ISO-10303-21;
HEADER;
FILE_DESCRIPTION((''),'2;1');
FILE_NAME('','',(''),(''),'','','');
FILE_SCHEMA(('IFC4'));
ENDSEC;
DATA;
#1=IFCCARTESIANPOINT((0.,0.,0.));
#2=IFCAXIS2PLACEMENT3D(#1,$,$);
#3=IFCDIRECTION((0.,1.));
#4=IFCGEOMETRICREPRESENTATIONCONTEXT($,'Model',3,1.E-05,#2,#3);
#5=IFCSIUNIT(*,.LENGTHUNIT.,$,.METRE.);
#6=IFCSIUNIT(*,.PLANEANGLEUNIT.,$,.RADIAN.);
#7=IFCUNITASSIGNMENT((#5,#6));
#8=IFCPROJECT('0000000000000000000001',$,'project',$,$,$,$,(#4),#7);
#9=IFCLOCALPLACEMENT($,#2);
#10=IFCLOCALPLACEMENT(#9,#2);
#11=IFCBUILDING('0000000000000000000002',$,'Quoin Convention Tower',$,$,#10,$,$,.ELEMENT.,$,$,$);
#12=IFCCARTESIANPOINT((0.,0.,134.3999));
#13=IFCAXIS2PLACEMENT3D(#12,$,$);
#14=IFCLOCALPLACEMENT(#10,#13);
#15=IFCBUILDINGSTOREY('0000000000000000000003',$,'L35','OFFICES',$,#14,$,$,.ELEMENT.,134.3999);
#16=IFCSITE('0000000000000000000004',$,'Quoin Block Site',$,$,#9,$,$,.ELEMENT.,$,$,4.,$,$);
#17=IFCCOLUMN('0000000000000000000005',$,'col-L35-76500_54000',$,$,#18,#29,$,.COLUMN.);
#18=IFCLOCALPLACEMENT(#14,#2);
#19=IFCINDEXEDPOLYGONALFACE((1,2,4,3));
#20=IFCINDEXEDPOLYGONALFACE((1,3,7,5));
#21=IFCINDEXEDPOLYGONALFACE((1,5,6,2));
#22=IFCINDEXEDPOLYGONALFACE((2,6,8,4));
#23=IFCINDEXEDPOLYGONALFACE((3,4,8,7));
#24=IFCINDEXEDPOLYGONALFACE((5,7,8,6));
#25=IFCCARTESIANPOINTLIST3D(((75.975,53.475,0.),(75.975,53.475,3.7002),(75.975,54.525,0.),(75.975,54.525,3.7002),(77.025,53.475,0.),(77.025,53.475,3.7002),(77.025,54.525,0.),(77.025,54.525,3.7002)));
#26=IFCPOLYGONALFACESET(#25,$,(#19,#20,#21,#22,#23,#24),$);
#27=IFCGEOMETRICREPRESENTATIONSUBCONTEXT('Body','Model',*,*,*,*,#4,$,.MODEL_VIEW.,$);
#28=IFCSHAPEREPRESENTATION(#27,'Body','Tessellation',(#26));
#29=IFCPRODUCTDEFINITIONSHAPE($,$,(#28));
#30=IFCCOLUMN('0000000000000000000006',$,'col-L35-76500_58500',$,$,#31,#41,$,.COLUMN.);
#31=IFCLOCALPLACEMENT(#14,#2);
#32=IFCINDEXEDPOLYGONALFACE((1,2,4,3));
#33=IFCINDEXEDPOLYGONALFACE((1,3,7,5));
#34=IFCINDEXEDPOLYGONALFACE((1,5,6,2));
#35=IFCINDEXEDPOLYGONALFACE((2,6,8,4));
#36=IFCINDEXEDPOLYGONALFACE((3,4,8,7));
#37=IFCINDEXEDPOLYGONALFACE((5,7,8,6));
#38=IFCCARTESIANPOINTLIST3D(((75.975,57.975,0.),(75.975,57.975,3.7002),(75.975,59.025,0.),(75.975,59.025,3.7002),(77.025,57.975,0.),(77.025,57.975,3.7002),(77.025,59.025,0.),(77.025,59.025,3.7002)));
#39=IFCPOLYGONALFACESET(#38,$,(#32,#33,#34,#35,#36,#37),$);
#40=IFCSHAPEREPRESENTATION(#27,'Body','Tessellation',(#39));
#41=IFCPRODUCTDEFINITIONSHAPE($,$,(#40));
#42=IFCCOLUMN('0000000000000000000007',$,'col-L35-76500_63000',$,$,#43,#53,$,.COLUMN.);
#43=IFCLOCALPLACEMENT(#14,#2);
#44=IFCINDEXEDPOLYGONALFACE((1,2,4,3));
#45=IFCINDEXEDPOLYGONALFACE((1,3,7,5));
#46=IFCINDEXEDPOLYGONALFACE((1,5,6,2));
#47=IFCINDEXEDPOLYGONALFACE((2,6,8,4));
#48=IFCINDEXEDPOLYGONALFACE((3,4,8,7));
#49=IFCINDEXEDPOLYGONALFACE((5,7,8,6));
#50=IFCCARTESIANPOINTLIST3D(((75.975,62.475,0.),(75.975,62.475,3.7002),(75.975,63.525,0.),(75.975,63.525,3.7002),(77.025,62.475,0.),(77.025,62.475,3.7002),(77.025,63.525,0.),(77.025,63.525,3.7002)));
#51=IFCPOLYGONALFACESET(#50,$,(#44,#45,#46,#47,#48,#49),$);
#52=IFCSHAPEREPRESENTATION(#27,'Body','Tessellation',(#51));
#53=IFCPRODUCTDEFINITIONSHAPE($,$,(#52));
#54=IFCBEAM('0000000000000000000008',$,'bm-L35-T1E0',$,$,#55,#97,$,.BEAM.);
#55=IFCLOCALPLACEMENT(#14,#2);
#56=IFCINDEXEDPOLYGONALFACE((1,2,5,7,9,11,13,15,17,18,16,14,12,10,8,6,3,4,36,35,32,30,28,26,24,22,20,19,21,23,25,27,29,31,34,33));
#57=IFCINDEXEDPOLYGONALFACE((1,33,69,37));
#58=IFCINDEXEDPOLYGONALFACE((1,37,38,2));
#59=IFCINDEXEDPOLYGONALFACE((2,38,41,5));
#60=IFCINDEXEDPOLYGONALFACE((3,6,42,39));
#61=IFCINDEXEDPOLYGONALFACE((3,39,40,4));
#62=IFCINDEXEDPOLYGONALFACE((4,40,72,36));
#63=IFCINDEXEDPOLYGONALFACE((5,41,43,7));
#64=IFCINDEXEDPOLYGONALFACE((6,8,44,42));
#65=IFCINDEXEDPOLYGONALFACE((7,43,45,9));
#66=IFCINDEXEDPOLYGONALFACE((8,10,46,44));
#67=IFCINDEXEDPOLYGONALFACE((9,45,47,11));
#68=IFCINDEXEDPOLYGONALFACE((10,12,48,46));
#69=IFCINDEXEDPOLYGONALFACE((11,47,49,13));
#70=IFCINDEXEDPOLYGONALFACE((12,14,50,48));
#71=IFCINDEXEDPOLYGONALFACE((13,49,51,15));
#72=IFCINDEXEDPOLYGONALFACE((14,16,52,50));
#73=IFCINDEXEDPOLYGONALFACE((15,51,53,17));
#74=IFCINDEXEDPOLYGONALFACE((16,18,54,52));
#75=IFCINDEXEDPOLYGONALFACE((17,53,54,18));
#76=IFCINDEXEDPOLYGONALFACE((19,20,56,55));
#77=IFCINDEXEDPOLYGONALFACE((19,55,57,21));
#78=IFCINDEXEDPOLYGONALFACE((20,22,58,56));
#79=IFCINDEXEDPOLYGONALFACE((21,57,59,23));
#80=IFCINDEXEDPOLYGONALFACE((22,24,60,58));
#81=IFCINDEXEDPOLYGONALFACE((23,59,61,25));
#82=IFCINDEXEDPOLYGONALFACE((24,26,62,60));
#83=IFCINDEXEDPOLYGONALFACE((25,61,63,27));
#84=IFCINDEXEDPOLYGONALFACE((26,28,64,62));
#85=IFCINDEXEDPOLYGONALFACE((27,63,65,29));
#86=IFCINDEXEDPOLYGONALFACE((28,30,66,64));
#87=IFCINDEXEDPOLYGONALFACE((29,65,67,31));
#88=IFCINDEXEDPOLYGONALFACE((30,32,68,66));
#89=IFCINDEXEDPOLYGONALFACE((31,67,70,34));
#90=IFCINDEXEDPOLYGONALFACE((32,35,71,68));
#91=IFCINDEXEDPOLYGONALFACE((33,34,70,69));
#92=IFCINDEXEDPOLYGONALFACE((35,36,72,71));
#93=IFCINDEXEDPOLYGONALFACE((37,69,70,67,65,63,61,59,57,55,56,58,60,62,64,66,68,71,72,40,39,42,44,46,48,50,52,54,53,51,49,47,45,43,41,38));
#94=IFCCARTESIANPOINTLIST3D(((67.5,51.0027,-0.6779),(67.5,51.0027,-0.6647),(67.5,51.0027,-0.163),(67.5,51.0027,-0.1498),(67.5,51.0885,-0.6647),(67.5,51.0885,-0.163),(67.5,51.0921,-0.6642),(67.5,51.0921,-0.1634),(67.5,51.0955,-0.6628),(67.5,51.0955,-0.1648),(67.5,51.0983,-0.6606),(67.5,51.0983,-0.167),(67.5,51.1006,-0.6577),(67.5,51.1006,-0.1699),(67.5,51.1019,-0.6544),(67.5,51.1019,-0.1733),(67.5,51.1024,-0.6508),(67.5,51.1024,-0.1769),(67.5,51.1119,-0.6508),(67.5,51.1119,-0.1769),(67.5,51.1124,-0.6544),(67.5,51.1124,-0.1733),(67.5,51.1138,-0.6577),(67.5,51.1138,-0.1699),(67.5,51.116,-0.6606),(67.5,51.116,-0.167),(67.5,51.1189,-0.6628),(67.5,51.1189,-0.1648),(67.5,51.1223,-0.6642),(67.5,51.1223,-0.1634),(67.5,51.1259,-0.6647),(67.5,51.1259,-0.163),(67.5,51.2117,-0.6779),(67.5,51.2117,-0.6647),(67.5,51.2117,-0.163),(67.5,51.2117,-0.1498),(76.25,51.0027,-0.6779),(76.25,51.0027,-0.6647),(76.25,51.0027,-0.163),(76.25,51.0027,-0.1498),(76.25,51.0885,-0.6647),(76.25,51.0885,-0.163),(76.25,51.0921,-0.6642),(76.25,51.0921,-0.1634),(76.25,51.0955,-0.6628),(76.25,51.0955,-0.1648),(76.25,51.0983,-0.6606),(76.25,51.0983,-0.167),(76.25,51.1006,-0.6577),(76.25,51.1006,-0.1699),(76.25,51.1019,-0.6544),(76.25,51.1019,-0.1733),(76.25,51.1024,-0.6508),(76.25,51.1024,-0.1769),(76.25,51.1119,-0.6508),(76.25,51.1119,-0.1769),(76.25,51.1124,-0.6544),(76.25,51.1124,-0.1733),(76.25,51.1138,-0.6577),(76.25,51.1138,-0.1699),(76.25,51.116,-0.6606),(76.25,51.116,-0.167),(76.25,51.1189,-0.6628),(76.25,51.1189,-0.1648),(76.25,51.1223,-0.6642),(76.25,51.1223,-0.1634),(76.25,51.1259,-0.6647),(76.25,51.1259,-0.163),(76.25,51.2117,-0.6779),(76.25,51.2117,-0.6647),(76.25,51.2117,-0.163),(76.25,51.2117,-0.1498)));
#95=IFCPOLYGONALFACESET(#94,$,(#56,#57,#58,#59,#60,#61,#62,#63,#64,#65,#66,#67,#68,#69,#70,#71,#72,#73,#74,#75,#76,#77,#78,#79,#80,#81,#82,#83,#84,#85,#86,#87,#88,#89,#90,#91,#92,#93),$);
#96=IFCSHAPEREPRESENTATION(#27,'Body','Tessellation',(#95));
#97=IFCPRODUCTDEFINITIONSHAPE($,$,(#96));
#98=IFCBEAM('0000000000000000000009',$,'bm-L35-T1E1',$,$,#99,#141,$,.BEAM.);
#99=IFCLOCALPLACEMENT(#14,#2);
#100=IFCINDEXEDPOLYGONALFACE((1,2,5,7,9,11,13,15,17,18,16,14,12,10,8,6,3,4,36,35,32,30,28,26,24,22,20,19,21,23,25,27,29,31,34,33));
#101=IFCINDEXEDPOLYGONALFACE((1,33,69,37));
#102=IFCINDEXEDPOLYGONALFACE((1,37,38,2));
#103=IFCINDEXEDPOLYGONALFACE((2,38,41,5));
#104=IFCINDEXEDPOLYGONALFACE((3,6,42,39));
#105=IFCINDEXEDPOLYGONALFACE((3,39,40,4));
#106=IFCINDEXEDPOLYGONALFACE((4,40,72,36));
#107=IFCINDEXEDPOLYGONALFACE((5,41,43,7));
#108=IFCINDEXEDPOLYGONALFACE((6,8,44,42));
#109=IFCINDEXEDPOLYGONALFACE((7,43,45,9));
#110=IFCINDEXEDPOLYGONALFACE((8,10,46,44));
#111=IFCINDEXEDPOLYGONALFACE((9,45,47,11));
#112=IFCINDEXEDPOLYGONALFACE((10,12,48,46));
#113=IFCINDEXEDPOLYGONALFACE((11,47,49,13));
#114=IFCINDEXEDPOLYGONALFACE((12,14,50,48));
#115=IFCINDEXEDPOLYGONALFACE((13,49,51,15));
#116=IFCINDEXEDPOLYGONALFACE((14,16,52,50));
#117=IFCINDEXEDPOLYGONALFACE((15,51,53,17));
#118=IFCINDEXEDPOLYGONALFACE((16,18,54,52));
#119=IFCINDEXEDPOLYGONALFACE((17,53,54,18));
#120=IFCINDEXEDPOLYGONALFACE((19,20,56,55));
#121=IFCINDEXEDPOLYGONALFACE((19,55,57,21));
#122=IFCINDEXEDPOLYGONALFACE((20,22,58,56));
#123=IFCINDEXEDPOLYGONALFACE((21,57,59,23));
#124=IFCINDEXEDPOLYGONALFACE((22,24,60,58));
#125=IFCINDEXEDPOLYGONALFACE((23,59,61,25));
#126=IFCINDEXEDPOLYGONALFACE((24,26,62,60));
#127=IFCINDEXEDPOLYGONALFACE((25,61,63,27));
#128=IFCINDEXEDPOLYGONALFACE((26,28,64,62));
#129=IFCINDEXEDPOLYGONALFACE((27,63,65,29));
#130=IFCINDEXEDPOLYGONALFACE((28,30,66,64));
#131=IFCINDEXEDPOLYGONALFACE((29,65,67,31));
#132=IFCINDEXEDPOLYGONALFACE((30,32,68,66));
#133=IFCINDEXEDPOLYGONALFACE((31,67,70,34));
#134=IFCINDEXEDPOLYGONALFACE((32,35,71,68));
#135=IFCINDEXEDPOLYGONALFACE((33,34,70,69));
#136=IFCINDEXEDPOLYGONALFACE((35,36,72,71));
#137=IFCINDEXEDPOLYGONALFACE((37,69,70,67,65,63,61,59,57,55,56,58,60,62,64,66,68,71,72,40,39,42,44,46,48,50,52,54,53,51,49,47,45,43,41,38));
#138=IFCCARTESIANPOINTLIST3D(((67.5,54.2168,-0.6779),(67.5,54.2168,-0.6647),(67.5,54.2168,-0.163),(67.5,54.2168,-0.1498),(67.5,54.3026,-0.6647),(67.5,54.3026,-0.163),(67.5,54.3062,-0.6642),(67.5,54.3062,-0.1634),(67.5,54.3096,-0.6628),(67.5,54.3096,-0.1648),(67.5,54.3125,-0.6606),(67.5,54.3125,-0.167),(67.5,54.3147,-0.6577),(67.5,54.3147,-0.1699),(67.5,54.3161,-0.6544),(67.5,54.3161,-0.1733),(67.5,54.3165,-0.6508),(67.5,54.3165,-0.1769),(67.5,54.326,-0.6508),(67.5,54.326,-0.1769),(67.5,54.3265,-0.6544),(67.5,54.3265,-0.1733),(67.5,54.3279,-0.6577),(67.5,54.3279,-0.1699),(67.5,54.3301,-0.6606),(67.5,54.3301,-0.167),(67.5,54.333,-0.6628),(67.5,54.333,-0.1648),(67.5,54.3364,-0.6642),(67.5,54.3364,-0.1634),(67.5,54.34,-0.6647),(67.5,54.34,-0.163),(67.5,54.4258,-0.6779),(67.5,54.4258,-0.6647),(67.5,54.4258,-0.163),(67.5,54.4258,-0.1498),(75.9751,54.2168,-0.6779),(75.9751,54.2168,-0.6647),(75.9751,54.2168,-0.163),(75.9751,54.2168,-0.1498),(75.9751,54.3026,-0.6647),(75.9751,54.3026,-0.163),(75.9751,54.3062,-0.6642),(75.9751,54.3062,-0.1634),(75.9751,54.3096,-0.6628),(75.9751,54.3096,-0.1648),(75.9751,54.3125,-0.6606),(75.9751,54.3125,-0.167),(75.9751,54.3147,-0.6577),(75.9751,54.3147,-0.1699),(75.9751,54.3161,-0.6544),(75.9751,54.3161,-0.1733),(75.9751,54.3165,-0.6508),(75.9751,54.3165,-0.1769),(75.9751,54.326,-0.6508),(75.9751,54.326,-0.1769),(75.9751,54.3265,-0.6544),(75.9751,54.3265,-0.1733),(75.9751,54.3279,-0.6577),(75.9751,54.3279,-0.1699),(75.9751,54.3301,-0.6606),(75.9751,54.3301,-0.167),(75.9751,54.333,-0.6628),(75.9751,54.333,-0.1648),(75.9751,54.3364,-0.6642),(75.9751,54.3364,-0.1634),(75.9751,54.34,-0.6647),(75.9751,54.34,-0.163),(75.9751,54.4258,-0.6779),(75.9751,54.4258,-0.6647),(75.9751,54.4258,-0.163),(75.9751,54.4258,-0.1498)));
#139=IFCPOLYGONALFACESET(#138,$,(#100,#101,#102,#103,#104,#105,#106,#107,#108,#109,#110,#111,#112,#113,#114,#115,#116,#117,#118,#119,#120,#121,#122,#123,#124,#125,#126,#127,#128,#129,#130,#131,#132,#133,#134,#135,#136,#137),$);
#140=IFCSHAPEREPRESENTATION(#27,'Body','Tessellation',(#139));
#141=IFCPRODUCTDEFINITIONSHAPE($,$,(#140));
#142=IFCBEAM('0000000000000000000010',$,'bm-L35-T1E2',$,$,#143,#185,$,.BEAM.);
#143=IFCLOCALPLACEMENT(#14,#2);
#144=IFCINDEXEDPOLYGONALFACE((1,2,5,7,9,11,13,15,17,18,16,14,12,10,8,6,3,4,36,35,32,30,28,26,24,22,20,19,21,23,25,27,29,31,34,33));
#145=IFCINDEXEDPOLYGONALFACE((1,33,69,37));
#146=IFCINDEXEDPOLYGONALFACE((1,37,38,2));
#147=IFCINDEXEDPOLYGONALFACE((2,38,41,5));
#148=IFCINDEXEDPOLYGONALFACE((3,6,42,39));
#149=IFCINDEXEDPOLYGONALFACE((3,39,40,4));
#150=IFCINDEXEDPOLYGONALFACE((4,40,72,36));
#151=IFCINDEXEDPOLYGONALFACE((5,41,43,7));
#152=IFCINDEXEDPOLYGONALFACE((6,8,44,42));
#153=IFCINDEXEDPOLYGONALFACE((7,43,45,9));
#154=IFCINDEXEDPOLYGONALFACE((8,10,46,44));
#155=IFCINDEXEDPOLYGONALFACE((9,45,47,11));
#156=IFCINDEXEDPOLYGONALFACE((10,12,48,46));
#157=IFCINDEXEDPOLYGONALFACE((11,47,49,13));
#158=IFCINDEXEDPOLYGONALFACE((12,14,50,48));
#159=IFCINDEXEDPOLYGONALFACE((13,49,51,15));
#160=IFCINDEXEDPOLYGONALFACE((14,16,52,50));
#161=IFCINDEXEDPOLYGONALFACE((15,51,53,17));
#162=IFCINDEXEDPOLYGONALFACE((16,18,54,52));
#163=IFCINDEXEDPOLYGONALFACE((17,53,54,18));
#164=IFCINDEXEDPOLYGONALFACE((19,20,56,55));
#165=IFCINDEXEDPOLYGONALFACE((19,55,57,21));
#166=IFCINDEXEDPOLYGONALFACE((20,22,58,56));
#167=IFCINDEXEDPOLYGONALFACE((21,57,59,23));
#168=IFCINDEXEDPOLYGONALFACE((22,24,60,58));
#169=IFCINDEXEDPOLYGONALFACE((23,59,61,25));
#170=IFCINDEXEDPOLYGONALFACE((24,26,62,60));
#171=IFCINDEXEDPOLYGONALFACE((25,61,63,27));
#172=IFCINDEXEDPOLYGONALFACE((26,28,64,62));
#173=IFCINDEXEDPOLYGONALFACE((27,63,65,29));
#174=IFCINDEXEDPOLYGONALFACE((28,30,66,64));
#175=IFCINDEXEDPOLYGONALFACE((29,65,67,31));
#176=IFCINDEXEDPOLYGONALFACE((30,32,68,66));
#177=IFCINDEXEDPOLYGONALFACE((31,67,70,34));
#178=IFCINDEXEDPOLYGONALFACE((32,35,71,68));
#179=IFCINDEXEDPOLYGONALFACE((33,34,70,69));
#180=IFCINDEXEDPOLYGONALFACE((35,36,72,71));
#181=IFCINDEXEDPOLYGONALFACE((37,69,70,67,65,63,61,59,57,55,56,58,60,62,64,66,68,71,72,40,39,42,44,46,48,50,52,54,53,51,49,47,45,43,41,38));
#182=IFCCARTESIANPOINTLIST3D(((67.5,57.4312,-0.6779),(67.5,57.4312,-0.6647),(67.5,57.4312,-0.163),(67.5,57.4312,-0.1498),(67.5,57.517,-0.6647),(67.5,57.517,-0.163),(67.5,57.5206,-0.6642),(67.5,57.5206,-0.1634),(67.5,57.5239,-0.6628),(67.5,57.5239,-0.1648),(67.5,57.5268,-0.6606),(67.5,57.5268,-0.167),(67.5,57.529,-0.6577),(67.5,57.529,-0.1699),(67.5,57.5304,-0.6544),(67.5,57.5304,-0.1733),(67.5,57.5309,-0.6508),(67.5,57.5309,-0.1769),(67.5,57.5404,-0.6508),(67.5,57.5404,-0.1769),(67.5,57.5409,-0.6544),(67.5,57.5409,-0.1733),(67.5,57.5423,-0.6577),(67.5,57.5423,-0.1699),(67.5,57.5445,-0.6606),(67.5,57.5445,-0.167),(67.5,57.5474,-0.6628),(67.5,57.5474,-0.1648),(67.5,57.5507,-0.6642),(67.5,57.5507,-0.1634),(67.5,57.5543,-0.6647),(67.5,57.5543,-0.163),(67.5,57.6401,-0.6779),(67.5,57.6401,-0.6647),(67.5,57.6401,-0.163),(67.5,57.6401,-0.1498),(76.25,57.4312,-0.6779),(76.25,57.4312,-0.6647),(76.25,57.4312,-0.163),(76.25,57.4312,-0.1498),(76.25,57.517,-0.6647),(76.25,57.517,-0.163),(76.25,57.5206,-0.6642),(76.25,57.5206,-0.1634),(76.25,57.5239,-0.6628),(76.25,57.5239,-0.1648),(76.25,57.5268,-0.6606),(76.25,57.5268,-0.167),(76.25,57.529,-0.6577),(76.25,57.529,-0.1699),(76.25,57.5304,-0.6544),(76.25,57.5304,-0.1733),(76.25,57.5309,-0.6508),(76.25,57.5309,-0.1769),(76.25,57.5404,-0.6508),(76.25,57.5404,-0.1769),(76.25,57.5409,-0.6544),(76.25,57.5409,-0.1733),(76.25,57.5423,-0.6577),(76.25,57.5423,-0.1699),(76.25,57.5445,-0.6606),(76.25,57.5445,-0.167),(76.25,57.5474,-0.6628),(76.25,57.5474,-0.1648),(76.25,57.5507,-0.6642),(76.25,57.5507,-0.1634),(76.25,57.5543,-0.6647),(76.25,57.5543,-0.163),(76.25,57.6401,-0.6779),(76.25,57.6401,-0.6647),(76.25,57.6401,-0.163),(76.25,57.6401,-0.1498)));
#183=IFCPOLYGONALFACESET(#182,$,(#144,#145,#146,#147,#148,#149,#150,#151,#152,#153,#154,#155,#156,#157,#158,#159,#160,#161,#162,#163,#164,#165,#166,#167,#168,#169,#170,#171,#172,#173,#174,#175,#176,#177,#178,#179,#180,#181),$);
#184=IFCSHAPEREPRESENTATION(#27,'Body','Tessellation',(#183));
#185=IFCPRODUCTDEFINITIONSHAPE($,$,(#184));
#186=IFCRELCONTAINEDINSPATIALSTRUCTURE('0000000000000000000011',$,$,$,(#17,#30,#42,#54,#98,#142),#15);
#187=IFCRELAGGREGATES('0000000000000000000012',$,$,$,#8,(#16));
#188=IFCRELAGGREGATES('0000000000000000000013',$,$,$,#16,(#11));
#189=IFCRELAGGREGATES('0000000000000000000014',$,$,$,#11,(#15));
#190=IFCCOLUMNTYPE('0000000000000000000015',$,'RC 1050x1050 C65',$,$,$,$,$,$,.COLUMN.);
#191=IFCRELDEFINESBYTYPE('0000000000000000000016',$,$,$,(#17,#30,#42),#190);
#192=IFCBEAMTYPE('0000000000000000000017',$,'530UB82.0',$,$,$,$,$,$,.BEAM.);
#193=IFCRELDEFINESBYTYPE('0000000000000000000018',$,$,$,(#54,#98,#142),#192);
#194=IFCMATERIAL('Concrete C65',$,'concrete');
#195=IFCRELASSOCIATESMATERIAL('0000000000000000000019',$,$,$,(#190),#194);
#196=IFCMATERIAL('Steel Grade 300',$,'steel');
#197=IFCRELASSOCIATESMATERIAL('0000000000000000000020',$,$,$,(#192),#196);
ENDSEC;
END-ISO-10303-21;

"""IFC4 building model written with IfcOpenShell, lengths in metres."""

from ifc_helpers import new_model, si_unit, direction, frame, origin, origin_2d, place, context, subcontext, project, spatial, rectangle, i_section, extrude, material, material_profile, profile_set, type_object, element, save


model = new_model("IFC4")

# Units and contexts
model_context = context("Model", 3, precision=1e-05, world=origin(), true_north=direction((0.0, 1.0)))
body_context = subcontext(model_context, "Body", "Model", "MODEL_VIEW")
ifc_project = project(units=[si_unit("LENGTHUNIT", "METRE"), si_unit("PLANEANGLEUNIT", "RADIAN")], contexts=[model_context])

# Site, building, storey
site_placement = place(None, origin())
site = spatial("IfcSite", under=ifc_project, at=site_placement, Name="Quoin Block Site", CompositionType="ELEMENT", RefElevation=4.0)
building_placement = place(site_placement, origin())
building = spatial("IfcBuilding", under=site, at=building_placement, Name="Quoin Convention Tower", CompositionType="ELEMENT")
storey_placement = place(building_placement, frame((0.0, 0.0, 134.3999)))
storey = spatial("IfcBuildingStorey", under=building, at=storey_placement, Name="L35", Description="OFFICES", CompositionType="ELEMENT", Elevation=134.3999)

# Columns
ifc_material_1 = material(Name="Concrete C65", Category="concrete")
ifc_material_profile_1 = material_profile(ifc_material_1, rectangle(XDim=1.05, YDim=1.05, at=origin_2d()), Name="RC 1050x1050")
ifc_profile_set_1 = profile_set([ifc_material_profile_1], Name="Concrete C65")
column_type = type_object("IfcColumnType", Name="RC 1050x1050 C65", PredefinedType="COLUMN", material=ifc_profile_set_1)
for number, where, z_axis, x_axis, name in (
    (1, (76.5, 54.0, 0.0), (0.0, 0.0, 1.0), (1.0, 0.0, 0.0), "col-L35-76500_54000"),
    (2, (76.5, 58.5, 0.0), (0.0, 0.0, 1.0), (1.0, 0.0, 0.0), "col-L35-76500_58500"),
    (3, (76.5, 63.0, 0.0), (0.0, 0.0, 1.0), (1.0, 0.0, 0.0), "col-L35-76500_63000"),
):
    element("IfcColumn", number, at=place(storey_placement, frame(where, z_axis=z_axis, x_axis=x_axis)), inside=storey, type_object=column_type, Name=name, PredefinedType="COLUMN", context=body_context, shape_type="SweptSolid", body=[
        extrude(rectangle(XDim=1.05, YDim=1.05, at=origin_2d()), origin(), (0.0, 0.0, 1.0), 3.7002),
    ])

# Beams
ifc_material_2 = material(Name="Steel Grade 300", Category="steel")
ifc_material_profile_2 = material_profile(ifc_material_2, i_section(OverallWidth=0.209, OverallDepth=0.5281, WebThickness=0.0095, FlangeThickness=0.0132, FilletRadius=0.0139, at=origin_2d()), Name="530UB82.0")
ifc_profile_set_2 = profile_set([ifc_material_profile_2], Name="Steel Grade 300")
beam_type_1 = type_object("IfcBeamType", Name="530UB82.0", PredefinedType="BEAM", material=ifc_profile_set_2)
beam_1_placement = place(storey_placement, frame((67.5, 51.1072, -0.4138), z_axis=(1.0, 0.0, 0.0), x_axis=(0.0, 1.0, 0.0)))
element("IfcBeam", 4, at=beam_1_placement, inside=storey, type_object=beam_type_1, Name="bm-L35-T1E0", PredefinedType="BEAM", context=body_context, shape_type="SweptSolid", body=[
    extrude(i_section(OverallWidth=0.209, OverallDepth=0.5281, WebThickness=0.0095, FlangeThickness=0.0132, FilletRadius=0.0139, at=origin_2d()), origin(), (0.0, 0.0, 1.0), 8.75),
])
beam_2_placement = place(storey_placement, frame((67.5, 54.3213, -0.4138), z_axis=(1.0, 0.0, 0.0), x_axis=(0.0, 1.0, 0.0)))
element("IfcBeam", 5, at=beam_2_placement, inside=storey, type_object=beam_type_1, Name="bm-L35-T1E1", PredefinedType="BEAM", context=body_context, shape_type="SweptSolid", body=[
    extrude(i_section(OverallWidth=0.209, OverallDepth=0.5281, WebThickness=0.0095, FlangeThickness=0.0132, FilletRadius=0.0139, at=origin_2d()), origin(), (0.0, 0.0, 1.0), 8.4751),
])
for number, where, z_axis, x_axis, name in (
    (6, (67.5, 57.5356, -0.4138), (1.0, 0.0, 0.0), (0.0, 1.0, 0.0), "bm-L35-T1E2"),
):
    element("IfcBeam", number, at=place(storey_placement, frame(where, z_axis=z_axis, x_axis=x_axis)), inside=storey, type_object=beam_type_1, Name=name, PredefinedType="BEAM", context=body_context, shape_type="SweptSolid", body=[
        extrude(i_section(OverallWidth=0.209, OverallDepth=0.5281, WebThickness=0.0095, FlangeThickness=0.0132, FilletRadius=0.0139, at=origin_2d()), origin(), (0.0, 0.0, 1.0), 8.75),
    ])

save(model, "model.ifc")
